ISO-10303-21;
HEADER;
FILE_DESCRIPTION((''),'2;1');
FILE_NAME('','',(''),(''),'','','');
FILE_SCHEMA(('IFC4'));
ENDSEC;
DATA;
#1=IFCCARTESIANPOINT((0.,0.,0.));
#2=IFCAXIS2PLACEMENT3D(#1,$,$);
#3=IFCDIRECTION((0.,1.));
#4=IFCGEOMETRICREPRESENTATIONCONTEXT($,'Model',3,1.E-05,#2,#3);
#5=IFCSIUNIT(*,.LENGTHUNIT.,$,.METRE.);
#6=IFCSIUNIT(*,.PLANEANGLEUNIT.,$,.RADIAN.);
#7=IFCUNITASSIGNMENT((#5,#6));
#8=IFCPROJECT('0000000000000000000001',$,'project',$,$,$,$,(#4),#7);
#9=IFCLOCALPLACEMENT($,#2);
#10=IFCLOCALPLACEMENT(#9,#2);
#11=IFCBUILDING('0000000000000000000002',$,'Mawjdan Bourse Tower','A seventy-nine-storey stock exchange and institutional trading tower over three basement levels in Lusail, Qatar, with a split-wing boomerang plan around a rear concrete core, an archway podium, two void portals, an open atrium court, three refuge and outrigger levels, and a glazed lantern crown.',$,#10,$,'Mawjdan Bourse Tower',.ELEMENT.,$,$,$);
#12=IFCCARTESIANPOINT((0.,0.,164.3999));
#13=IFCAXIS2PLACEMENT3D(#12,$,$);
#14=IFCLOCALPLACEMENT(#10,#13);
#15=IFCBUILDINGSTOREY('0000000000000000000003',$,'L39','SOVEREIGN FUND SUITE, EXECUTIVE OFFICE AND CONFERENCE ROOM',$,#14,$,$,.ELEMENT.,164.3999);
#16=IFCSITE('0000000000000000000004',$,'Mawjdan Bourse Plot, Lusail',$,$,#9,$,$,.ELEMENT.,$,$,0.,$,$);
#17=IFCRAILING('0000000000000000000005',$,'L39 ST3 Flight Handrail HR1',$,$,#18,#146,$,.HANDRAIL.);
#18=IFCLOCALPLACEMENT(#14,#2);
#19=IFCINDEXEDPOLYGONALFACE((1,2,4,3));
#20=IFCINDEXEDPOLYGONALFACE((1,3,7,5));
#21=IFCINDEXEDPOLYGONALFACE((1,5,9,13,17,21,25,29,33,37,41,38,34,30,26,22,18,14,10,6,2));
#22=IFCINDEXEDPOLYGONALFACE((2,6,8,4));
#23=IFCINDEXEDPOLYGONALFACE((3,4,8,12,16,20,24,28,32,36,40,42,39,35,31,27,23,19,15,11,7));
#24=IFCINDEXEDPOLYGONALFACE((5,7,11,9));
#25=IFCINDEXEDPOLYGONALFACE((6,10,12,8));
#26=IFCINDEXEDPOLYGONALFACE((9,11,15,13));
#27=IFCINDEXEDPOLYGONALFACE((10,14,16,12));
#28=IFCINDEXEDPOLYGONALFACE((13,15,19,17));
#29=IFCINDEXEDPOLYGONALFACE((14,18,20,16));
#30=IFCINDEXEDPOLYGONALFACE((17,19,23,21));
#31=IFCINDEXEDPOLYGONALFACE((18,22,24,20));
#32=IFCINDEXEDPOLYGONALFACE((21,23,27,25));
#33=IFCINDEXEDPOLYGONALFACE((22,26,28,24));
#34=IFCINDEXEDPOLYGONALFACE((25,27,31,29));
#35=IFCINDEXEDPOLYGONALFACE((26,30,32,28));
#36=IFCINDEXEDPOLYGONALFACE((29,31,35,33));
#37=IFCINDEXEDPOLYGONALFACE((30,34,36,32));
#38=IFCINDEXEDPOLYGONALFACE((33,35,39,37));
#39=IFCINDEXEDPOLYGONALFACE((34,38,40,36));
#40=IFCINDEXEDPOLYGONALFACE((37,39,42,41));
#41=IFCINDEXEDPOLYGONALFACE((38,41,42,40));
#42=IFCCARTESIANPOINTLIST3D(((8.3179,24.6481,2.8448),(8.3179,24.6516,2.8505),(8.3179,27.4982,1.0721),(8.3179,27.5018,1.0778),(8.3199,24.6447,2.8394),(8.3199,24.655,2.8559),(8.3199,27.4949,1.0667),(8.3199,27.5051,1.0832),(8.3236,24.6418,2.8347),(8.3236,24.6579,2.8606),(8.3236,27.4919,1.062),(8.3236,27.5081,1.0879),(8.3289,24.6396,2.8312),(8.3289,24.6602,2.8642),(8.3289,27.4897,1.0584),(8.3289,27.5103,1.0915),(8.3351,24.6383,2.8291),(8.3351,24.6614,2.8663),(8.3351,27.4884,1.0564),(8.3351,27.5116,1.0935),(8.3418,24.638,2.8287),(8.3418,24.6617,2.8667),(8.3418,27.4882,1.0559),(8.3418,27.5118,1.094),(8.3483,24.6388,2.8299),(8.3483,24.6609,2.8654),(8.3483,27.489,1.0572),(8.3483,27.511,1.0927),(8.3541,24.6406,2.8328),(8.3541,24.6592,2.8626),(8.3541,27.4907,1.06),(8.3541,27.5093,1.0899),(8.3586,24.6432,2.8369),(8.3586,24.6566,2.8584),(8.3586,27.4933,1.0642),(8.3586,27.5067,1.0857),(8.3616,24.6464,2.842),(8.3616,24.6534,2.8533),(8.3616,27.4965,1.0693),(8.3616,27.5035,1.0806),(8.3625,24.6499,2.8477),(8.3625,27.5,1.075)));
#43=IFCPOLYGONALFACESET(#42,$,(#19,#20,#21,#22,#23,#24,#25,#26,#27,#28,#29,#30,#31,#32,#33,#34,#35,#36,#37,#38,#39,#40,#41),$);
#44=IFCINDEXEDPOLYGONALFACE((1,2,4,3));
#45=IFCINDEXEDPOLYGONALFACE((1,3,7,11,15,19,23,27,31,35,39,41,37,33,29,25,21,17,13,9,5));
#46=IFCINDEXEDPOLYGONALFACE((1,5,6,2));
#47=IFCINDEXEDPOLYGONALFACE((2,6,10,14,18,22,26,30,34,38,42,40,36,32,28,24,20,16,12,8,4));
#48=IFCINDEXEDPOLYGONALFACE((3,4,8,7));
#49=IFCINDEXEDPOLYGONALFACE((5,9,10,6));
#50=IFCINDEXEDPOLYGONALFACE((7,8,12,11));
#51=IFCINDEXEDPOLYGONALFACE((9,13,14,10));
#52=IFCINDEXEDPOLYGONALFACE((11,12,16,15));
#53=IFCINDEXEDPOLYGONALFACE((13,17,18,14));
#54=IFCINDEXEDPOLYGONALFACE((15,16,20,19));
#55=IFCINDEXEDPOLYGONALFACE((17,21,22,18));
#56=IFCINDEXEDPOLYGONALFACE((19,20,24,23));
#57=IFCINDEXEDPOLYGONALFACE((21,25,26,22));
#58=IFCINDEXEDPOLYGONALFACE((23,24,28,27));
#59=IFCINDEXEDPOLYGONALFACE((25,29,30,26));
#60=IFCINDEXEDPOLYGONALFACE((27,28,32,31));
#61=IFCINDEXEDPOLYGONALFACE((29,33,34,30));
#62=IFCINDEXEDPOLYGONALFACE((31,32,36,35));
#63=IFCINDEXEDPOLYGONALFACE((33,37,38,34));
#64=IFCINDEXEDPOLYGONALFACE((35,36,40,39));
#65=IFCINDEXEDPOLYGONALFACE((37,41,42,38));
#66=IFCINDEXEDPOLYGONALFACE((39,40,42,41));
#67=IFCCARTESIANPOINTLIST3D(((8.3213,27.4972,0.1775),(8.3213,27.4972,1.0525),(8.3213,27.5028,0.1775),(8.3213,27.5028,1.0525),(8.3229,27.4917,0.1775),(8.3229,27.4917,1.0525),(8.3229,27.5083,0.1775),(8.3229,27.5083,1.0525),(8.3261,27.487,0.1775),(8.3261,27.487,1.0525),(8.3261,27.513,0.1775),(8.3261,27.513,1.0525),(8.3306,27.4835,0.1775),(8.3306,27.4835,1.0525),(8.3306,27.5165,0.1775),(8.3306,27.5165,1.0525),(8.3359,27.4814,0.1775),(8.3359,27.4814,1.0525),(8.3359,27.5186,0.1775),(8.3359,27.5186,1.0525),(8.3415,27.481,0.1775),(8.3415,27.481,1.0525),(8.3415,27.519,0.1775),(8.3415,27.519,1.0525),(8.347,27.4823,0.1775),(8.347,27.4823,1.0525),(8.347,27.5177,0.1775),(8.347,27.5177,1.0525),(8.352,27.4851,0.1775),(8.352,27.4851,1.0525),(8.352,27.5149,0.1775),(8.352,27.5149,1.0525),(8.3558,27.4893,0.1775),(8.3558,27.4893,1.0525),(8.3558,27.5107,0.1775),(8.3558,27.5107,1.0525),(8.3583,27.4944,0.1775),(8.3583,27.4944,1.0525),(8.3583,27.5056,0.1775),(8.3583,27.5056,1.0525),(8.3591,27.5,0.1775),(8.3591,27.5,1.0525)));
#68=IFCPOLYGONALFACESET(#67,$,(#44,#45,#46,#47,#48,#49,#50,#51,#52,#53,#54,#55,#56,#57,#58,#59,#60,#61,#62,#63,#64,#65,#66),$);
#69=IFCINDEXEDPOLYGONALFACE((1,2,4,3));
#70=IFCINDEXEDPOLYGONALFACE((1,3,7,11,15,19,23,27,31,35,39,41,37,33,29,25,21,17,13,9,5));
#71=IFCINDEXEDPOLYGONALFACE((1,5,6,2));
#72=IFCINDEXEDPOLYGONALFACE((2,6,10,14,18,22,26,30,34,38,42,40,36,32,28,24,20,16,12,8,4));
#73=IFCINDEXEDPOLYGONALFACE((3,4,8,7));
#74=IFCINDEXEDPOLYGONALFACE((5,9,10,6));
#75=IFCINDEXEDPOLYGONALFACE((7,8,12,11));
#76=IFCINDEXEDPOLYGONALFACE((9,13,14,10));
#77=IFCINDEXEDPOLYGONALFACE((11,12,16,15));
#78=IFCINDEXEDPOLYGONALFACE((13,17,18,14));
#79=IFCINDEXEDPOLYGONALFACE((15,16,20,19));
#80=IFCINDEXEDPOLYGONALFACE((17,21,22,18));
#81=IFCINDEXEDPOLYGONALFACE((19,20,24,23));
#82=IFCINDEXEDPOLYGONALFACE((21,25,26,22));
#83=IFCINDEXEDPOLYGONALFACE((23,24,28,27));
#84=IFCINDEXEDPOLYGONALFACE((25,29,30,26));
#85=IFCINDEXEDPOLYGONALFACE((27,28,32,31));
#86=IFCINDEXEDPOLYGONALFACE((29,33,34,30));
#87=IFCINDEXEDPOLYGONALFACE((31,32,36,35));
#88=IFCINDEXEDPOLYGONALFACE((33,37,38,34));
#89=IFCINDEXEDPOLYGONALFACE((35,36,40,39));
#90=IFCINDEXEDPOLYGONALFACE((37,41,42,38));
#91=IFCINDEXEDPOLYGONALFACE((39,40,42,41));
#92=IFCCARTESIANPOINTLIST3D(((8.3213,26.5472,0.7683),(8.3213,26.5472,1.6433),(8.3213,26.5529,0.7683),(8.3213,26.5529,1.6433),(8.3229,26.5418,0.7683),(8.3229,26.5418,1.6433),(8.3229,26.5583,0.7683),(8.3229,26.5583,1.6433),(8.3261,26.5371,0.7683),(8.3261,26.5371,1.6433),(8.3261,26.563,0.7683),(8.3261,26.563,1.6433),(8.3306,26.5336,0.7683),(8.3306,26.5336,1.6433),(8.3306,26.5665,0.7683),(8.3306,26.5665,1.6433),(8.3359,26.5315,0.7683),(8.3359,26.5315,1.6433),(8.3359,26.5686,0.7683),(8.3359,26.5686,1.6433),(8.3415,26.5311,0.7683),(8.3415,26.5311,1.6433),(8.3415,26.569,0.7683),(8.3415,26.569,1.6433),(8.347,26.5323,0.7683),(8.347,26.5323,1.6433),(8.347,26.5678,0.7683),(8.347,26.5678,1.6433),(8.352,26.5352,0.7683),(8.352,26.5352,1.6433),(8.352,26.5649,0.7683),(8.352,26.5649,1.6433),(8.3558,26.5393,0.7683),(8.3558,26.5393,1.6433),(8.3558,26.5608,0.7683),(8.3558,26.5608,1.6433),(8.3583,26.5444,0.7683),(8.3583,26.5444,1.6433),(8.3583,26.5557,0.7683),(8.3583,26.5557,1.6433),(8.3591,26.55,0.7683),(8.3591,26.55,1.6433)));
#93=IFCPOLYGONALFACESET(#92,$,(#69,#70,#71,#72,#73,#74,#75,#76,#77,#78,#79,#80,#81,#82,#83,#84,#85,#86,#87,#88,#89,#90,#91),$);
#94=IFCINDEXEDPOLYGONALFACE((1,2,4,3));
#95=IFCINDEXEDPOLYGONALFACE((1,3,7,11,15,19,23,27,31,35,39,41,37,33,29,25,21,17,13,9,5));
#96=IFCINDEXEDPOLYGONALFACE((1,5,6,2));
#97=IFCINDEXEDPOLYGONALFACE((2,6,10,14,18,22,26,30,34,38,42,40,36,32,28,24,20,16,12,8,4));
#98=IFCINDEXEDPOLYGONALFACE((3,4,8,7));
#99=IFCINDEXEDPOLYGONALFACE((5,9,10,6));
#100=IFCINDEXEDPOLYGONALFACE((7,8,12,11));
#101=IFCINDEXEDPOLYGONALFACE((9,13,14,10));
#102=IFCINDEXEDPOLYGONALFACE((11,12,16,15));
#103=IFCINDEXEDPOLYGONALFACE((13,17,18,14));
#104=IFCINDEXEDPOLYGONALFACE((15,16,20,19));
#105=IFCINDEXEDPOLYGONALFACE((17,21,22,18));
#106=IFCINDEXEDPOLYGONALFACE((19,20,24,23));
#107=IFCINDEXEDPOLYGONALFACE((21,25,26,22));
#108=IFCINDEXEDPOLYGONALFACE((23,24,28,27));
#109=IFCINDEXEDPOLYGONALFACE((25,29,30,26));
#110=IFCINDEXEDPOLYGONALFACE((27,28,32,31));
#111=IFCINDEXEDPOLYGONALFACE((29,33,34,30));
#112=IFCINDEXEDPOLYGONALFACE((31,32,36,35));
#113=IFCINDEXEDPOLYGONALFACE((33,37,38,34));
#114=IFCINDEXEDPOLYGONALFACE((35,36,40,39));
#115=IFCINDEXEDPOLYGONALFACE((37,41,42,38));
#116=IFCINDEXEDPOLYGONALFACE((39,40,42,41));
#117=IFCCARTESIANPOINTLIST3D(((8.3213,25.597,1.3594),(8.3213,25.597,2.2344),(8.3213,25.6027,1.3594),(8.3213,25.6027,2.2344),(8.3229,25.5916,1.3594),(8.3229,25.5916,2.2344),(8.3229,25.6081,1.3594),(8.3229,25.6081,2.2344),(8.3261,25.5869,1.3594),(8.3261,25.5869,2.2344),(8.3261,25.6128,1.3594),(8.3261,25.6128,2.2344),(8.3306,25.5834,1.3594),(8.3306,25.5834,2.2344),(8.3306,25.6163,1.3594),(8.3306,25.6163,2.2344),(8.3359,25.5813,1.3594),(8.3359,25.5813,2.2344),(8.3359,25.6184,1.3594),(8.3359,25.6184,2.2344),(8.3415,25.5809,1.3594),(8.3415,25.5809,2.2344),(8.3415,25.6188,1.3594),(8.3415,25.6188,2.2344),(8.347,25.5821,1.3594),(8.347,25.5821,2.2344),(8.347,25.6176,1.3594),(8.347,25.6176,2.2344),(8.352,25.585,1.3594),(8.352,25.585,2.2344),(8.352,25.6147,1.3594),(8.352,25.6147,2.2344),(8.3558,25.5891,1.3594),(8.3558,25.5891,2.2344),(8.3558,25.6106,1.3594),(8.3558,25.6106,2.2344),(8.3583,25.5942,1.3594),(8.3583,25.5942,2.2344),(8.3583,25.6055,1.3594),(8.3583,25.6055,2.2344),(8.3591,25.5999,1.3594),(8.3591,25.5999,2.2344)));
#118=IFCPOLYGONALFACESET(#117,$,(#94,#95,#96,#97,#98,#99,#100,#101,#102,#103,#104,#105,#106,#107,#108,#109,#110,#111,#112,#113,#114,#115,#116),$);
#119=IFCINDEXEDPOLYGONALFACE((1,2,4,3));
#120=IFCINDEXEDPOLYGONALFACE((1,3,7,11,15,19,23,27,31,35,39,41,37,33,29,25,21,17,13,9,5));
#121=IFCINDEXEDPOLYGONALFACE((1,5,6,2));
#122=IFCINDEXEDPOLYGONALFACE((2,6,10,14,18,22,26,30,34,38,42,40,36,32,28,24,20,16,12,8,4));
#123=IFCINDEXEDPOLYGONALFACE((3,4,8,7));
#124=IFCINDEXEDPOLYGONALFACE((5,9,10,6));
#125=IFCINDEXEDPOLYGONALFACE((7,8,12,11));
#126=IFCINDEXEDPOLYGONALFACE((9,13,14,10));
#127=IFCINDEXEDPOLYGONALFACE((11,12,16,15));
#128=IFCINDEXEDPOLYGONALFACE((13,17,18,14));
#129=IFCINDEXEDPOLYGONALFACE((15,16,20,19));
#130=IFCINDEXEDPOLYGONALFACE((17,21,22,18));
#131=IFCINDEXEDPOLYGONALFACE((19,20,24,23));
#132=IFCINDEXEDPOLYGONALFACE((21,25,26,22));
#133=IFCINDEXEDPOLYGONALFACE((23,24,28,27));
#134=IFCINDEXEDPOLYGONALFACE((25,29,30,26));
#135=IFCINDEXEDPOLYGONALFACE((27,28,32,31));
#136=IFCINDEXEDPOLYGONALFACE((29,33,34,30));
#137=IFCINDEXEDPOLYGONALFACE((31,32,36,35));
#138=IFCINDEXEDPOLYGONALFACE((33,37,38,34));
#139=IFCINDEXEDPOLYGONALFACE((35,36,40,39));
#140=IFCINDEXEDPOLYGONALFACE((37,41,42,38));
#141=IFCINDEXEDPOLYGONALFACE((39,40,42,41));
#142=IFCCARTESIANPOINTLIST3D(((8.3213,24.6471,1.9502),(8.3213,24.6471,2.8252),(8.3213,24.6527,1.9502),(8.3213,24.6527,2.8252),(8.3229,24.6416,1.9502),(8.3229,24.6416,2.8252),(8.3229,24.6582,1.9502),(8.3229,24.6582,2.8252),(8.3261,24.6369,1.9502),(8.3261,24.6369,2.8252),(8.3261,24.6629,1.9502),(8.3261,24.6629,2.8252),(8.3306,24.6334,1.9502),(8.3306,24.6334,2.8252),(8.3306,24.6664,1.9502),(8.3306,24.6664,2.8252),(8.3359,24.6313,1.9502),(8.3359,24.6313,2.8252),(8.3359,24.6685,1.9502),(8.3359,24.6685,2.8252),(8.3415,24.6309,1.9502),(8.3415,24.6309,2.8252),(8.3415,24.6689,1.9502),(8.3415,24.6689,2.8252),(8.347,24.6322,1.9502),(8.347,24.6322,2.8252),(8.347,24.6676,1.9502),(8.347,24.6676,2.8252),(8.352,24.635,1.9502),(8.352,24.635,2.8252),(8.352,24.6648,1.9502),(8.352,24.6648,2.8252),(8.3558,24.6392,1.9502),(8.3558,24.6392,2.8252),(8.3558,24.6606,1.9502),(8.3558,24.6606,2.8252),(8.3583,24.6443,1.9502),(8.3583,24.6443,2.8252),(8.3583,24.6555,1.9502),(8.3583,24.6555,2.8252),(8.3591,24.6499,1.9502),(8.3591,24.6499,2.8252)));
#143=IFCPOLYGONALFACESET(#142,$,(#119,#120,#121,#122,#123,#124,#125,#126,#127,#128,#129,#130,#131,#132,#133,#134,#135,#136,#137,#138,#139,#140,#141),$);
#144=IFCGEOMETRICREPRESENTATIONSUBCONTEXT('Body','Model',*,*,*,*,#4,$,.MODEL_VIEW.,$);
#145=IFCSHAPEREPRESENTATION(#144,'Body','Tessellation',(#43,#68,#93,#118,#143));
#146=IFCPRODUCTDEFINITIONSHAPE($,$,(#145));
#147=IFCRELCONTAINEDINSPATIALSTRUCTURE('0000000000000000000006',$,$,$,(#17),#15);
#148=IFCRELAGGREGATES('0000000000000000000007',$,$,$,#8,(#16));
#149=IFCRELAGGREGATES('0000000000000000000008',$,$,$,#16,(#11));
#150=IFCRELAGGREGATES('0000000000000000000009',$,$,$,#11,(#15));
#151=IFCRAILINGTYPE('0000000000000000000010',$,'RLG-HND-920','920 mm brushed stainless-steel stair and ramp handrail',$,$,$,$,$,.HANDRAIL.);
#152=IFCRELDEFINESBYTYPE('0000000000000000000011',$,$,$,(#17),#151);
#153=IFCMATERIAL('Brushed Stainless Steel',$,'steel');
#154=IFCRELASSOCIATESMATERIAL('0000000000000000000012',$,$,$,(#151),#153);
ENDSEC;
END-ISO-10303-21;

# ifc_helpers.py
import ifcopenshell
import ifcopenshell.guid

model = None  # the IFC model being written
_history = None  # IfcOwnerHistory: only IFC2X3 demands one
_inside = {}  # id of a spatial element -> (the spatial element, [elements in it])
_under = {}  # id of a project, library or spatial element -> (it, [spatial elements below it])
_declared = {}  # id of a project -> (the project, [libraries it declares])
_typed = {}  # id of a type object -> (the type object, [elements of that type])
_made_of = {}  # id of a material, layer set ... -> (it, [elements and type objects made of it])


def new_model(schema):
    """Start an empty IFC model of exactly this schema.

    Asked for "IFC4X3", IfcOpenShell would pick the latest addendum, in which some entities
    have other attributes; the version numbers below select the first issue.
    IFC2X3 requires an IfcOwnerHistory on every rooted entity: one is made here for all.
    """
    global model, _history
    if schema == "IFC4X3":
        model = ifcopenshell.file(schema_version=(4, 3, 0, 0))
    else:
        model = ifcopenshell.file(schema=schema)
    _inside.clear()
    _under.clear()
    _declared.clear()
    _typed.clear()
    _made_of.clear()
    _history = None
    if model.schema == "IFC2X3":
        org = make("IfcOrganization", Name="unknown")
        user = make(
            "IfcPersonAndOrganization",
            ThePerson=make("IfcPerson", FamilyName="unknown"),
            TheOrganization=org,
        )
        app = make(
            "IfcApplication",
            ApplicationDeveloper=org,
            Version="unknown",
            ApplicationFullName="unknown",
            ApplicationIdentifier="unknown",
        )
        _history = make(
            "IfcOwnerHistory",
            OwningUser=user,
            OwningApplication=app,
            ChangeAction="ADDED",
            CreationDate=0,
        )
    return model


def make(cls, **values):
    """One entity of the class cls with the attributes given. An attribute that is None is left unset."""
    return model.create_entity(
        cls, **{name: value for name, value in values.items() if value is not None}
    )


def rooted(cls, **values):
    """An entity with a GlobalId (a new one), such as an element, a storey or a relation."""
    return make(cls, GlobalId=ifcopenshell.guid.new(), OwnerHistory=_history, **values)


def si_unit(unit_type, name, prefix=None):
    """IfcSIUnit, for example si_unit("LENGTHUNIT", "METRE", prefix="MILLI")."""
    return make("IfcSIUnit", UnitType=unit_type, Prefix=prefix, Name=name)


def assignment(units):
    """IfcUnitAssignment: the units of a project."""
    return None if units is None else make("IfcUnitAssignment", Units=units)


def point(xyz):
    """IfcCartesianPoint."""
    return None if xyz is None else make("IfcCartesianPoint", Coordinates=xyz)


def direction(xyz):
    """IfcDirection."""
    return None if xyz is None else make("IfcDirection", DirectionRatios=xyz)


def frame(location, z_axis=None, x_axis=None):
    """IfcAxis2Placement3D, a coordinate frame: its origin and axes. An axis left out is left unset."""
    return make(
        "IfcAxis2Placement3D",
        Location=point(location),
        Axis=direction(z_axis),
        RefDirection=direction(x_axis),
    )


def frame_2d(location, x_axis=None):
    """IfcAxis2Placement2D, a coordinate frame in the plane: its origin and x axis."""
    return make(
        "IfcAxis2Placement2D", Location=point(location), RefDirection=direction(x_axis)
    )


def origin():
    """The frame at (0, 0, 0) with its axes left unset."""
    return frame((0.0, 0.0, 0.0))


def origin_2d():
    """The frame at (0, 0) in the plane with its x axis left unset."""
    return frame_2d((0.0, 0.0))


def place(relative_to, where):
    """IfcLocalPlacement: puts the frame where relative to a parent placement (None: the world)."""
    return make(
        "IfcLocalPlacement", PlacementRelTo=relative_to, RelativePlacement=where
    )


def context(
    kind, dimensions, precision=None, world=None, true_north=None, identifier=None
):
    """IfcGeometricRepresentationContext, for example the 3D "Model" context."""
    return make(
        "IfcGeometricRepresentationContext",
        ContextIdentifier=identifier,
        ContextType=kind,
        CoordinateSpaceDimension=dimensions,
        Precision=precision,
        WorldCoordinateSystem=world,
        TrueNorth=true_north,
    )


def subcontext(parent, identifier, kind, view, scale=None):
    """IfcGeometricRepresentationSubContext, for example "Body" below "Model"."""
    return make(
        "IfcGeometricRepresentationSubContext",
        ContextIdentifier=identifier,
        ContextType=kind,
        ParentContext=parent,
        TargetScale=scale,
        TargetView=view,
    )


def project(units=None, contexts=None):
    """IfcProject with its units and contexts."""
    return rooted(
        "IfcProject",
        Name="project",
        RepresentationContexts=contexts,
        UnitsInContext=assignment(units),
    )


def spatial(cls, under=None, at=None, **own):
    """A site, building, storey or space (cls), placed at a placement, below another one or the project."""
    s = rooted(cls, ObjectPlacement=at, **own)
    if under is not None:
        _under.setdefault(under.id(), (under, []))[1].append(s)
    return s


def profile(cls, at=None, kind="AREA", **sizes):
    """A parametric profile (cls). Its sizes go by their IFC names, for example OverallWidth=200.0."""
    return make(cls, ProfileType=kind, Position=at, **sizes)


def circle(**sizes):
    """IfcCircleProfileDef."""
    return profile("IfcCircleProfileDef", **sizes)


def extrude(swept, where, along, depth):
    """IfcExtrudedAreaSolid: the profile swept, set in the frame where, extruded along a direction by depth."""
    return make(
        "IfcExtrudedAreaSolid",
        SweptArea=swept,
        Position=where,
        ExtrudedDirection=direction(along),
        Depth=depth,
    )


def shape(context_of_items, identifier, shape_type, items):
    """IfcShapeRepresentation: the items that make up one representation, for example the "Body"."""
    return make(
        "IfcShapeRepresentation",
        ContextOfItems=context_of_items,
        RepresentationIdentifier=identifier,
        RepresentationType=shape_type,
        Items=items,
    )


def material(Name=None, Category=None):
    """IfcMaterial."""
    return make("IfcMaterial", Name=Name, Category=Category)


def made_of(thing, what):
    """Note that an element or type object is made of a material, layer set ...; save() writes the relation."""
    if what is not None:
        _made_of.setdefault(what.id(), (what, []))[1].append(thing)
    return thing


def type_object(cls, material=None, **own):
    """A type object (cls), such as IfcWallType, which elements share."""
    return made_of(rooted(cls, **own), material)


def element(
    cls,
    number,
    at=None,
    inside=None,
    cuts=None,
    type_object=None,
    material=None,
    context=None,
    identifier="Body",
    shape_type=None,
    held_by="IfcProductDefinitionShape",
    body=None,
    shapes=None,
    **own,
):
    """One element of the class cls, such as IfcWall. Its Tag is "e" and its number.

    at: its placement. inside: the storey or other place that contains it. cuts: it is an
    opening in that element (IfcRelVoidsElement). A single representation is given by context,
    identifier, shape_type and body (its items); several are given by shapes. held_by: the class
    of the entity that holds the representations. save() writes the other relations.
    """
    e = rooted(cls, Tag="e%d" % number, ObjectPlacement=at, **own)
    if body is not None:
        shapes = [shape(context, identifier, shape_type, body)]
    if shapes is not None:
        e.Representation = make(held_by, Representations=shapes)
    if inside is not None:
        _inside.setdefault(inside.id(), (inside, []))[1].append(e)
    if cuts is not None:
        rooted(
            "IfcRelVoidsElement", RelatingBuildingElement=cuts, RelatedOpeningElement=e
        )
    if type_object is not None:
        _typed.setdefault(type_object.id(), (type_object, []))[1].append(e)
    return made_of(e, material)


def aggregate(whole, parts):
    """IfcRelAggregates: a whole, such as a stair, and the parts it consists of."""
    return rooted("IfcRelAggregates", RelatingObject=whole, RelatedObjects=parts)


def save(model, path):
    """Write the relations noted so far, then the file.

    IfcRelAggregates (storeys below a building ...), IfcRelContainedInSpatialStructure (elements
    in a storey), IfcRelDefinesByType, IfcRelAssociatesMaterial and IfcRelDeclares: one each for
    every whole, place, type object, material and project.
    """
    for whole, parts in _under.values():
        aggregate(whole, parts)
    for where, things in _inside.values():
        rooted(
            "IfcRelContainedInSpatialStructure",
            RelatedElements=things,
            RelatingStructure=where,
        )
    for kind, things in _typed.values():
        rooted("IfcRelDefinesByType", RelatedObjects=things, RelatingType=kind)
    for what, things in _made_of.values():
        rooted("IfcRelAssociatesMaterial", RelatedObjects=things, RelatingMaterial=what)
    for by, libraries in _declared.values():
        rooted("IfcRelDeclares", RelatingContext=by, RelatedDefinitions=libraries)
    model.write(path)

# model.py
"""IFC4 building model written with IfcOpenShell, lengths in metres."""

from ifc_helpers import new_model, si_unit, direction, frame, origin, origin_2d, place, context, subcontext, project, spatial, circle, extrude, material, type_object, element, save


model = new_model("IFC4")

# Units and contexts
model_context = context("Model", 3, precision=1e-05, world=origin(), true_north=direction((0.0, 1.0)))
body_context = subcontext(model_context, "Body", "Model", "MODEL_VIEW")
ifc_project = project(units=[si_unit("LENGTHUNIT", "METRE"), si_unit("PLANEANGLEUNIT", "RADIAN")], contexts=[model_context])

# Site, building, storey
site_placement = place(None, origin())
site = spatial("IfcSite", under=ifc_project, at=site_placement, Name="Mawjdan Bourse Plot, Lusail", CompositionType="ELEMENT", RefElevation=0.0)
building_placement = place(site_placement, origin())
building = spatial("IfcBuilding", under=site, at=building_placement, Name="Mawjdan Bourse Tower", Description="A seventy-nine-storey stock exchange and institutional trading tower over three basement levels in Lusail, Qatar, with a split-wing boomerang plan around a rear concrete core, an archway podium, two void portals, an open atrium court, three refuge and outrigger levels, and a glazed lantern crown.", LongName="Mawjdan Bourse Tower", CompositionType="ELEMENT")
storey_placement = place(building_placement, frame((0.0, 0.0, 164.3999)))
storey = spatial("IfcBuildingStorey", under=building, at=storey_placement, Name="L39", Description="SOVEREIGN FUND SUITE, EXECUTIVE OFFICE AND CONFERENCE ROOM", CompositionType="ELEMENT", Elevation=164.3999)

# Railing
ifc_material_1 = material(Name="Brushed Stainless Steel", Category="steel")
railing_type_1 = type_object("IfcRailingType", Name="RLG-HND-920", Description="920 mm brushed stainless-steel stair and ramp handrail", PredefinedType="HANDRAIL", material=ifc_material_1)
railing_1_placement = place(storey_placement, frame((8.3401, 27.5, 0.1775)))
element("IfcRailing", 1, at=railing_1_placement, inside=storey, type_object=railing_type_1, Name="L39 ST3 Flight Handrail HR1", PredefinedType="HANDRAIL", context=body_context, shape_type="SweptSolid", body=[
    extrude(circle(Radius=0.0225, at=origin_2d()), frame((0.0, 0.0, 0.8975), z_axis=(0.0, -0.849149, 0.528154), x_axis=(1.0, 0.0, 0.0)), (0.0, 0.0, 1.0), 3.3564),
    extrude(circle(Radius=0.019, at=origin_2d()), origin(), (0.0, 0.0, 1.0), 0.875),
    extrude(circle(Radius=0.019, at=origin_2d()), frame((0.0, -0.95, 0.5908)), (0.0, 0.0, 1.0), 0.875),
    extrude(circle(Radius=0.019, at=origin_2d()), frame((0.0, -1.9001, 1.1819)), (0.0, 0.0, 1.0), 0.875),
    extrude(circle(Radius=0.019, at=origin_2d()), frame((0.0, -2.8501, 1.7727)), (0.0, 0.0, 1.0), 0.875),
])

save(model, "model.ifc")
